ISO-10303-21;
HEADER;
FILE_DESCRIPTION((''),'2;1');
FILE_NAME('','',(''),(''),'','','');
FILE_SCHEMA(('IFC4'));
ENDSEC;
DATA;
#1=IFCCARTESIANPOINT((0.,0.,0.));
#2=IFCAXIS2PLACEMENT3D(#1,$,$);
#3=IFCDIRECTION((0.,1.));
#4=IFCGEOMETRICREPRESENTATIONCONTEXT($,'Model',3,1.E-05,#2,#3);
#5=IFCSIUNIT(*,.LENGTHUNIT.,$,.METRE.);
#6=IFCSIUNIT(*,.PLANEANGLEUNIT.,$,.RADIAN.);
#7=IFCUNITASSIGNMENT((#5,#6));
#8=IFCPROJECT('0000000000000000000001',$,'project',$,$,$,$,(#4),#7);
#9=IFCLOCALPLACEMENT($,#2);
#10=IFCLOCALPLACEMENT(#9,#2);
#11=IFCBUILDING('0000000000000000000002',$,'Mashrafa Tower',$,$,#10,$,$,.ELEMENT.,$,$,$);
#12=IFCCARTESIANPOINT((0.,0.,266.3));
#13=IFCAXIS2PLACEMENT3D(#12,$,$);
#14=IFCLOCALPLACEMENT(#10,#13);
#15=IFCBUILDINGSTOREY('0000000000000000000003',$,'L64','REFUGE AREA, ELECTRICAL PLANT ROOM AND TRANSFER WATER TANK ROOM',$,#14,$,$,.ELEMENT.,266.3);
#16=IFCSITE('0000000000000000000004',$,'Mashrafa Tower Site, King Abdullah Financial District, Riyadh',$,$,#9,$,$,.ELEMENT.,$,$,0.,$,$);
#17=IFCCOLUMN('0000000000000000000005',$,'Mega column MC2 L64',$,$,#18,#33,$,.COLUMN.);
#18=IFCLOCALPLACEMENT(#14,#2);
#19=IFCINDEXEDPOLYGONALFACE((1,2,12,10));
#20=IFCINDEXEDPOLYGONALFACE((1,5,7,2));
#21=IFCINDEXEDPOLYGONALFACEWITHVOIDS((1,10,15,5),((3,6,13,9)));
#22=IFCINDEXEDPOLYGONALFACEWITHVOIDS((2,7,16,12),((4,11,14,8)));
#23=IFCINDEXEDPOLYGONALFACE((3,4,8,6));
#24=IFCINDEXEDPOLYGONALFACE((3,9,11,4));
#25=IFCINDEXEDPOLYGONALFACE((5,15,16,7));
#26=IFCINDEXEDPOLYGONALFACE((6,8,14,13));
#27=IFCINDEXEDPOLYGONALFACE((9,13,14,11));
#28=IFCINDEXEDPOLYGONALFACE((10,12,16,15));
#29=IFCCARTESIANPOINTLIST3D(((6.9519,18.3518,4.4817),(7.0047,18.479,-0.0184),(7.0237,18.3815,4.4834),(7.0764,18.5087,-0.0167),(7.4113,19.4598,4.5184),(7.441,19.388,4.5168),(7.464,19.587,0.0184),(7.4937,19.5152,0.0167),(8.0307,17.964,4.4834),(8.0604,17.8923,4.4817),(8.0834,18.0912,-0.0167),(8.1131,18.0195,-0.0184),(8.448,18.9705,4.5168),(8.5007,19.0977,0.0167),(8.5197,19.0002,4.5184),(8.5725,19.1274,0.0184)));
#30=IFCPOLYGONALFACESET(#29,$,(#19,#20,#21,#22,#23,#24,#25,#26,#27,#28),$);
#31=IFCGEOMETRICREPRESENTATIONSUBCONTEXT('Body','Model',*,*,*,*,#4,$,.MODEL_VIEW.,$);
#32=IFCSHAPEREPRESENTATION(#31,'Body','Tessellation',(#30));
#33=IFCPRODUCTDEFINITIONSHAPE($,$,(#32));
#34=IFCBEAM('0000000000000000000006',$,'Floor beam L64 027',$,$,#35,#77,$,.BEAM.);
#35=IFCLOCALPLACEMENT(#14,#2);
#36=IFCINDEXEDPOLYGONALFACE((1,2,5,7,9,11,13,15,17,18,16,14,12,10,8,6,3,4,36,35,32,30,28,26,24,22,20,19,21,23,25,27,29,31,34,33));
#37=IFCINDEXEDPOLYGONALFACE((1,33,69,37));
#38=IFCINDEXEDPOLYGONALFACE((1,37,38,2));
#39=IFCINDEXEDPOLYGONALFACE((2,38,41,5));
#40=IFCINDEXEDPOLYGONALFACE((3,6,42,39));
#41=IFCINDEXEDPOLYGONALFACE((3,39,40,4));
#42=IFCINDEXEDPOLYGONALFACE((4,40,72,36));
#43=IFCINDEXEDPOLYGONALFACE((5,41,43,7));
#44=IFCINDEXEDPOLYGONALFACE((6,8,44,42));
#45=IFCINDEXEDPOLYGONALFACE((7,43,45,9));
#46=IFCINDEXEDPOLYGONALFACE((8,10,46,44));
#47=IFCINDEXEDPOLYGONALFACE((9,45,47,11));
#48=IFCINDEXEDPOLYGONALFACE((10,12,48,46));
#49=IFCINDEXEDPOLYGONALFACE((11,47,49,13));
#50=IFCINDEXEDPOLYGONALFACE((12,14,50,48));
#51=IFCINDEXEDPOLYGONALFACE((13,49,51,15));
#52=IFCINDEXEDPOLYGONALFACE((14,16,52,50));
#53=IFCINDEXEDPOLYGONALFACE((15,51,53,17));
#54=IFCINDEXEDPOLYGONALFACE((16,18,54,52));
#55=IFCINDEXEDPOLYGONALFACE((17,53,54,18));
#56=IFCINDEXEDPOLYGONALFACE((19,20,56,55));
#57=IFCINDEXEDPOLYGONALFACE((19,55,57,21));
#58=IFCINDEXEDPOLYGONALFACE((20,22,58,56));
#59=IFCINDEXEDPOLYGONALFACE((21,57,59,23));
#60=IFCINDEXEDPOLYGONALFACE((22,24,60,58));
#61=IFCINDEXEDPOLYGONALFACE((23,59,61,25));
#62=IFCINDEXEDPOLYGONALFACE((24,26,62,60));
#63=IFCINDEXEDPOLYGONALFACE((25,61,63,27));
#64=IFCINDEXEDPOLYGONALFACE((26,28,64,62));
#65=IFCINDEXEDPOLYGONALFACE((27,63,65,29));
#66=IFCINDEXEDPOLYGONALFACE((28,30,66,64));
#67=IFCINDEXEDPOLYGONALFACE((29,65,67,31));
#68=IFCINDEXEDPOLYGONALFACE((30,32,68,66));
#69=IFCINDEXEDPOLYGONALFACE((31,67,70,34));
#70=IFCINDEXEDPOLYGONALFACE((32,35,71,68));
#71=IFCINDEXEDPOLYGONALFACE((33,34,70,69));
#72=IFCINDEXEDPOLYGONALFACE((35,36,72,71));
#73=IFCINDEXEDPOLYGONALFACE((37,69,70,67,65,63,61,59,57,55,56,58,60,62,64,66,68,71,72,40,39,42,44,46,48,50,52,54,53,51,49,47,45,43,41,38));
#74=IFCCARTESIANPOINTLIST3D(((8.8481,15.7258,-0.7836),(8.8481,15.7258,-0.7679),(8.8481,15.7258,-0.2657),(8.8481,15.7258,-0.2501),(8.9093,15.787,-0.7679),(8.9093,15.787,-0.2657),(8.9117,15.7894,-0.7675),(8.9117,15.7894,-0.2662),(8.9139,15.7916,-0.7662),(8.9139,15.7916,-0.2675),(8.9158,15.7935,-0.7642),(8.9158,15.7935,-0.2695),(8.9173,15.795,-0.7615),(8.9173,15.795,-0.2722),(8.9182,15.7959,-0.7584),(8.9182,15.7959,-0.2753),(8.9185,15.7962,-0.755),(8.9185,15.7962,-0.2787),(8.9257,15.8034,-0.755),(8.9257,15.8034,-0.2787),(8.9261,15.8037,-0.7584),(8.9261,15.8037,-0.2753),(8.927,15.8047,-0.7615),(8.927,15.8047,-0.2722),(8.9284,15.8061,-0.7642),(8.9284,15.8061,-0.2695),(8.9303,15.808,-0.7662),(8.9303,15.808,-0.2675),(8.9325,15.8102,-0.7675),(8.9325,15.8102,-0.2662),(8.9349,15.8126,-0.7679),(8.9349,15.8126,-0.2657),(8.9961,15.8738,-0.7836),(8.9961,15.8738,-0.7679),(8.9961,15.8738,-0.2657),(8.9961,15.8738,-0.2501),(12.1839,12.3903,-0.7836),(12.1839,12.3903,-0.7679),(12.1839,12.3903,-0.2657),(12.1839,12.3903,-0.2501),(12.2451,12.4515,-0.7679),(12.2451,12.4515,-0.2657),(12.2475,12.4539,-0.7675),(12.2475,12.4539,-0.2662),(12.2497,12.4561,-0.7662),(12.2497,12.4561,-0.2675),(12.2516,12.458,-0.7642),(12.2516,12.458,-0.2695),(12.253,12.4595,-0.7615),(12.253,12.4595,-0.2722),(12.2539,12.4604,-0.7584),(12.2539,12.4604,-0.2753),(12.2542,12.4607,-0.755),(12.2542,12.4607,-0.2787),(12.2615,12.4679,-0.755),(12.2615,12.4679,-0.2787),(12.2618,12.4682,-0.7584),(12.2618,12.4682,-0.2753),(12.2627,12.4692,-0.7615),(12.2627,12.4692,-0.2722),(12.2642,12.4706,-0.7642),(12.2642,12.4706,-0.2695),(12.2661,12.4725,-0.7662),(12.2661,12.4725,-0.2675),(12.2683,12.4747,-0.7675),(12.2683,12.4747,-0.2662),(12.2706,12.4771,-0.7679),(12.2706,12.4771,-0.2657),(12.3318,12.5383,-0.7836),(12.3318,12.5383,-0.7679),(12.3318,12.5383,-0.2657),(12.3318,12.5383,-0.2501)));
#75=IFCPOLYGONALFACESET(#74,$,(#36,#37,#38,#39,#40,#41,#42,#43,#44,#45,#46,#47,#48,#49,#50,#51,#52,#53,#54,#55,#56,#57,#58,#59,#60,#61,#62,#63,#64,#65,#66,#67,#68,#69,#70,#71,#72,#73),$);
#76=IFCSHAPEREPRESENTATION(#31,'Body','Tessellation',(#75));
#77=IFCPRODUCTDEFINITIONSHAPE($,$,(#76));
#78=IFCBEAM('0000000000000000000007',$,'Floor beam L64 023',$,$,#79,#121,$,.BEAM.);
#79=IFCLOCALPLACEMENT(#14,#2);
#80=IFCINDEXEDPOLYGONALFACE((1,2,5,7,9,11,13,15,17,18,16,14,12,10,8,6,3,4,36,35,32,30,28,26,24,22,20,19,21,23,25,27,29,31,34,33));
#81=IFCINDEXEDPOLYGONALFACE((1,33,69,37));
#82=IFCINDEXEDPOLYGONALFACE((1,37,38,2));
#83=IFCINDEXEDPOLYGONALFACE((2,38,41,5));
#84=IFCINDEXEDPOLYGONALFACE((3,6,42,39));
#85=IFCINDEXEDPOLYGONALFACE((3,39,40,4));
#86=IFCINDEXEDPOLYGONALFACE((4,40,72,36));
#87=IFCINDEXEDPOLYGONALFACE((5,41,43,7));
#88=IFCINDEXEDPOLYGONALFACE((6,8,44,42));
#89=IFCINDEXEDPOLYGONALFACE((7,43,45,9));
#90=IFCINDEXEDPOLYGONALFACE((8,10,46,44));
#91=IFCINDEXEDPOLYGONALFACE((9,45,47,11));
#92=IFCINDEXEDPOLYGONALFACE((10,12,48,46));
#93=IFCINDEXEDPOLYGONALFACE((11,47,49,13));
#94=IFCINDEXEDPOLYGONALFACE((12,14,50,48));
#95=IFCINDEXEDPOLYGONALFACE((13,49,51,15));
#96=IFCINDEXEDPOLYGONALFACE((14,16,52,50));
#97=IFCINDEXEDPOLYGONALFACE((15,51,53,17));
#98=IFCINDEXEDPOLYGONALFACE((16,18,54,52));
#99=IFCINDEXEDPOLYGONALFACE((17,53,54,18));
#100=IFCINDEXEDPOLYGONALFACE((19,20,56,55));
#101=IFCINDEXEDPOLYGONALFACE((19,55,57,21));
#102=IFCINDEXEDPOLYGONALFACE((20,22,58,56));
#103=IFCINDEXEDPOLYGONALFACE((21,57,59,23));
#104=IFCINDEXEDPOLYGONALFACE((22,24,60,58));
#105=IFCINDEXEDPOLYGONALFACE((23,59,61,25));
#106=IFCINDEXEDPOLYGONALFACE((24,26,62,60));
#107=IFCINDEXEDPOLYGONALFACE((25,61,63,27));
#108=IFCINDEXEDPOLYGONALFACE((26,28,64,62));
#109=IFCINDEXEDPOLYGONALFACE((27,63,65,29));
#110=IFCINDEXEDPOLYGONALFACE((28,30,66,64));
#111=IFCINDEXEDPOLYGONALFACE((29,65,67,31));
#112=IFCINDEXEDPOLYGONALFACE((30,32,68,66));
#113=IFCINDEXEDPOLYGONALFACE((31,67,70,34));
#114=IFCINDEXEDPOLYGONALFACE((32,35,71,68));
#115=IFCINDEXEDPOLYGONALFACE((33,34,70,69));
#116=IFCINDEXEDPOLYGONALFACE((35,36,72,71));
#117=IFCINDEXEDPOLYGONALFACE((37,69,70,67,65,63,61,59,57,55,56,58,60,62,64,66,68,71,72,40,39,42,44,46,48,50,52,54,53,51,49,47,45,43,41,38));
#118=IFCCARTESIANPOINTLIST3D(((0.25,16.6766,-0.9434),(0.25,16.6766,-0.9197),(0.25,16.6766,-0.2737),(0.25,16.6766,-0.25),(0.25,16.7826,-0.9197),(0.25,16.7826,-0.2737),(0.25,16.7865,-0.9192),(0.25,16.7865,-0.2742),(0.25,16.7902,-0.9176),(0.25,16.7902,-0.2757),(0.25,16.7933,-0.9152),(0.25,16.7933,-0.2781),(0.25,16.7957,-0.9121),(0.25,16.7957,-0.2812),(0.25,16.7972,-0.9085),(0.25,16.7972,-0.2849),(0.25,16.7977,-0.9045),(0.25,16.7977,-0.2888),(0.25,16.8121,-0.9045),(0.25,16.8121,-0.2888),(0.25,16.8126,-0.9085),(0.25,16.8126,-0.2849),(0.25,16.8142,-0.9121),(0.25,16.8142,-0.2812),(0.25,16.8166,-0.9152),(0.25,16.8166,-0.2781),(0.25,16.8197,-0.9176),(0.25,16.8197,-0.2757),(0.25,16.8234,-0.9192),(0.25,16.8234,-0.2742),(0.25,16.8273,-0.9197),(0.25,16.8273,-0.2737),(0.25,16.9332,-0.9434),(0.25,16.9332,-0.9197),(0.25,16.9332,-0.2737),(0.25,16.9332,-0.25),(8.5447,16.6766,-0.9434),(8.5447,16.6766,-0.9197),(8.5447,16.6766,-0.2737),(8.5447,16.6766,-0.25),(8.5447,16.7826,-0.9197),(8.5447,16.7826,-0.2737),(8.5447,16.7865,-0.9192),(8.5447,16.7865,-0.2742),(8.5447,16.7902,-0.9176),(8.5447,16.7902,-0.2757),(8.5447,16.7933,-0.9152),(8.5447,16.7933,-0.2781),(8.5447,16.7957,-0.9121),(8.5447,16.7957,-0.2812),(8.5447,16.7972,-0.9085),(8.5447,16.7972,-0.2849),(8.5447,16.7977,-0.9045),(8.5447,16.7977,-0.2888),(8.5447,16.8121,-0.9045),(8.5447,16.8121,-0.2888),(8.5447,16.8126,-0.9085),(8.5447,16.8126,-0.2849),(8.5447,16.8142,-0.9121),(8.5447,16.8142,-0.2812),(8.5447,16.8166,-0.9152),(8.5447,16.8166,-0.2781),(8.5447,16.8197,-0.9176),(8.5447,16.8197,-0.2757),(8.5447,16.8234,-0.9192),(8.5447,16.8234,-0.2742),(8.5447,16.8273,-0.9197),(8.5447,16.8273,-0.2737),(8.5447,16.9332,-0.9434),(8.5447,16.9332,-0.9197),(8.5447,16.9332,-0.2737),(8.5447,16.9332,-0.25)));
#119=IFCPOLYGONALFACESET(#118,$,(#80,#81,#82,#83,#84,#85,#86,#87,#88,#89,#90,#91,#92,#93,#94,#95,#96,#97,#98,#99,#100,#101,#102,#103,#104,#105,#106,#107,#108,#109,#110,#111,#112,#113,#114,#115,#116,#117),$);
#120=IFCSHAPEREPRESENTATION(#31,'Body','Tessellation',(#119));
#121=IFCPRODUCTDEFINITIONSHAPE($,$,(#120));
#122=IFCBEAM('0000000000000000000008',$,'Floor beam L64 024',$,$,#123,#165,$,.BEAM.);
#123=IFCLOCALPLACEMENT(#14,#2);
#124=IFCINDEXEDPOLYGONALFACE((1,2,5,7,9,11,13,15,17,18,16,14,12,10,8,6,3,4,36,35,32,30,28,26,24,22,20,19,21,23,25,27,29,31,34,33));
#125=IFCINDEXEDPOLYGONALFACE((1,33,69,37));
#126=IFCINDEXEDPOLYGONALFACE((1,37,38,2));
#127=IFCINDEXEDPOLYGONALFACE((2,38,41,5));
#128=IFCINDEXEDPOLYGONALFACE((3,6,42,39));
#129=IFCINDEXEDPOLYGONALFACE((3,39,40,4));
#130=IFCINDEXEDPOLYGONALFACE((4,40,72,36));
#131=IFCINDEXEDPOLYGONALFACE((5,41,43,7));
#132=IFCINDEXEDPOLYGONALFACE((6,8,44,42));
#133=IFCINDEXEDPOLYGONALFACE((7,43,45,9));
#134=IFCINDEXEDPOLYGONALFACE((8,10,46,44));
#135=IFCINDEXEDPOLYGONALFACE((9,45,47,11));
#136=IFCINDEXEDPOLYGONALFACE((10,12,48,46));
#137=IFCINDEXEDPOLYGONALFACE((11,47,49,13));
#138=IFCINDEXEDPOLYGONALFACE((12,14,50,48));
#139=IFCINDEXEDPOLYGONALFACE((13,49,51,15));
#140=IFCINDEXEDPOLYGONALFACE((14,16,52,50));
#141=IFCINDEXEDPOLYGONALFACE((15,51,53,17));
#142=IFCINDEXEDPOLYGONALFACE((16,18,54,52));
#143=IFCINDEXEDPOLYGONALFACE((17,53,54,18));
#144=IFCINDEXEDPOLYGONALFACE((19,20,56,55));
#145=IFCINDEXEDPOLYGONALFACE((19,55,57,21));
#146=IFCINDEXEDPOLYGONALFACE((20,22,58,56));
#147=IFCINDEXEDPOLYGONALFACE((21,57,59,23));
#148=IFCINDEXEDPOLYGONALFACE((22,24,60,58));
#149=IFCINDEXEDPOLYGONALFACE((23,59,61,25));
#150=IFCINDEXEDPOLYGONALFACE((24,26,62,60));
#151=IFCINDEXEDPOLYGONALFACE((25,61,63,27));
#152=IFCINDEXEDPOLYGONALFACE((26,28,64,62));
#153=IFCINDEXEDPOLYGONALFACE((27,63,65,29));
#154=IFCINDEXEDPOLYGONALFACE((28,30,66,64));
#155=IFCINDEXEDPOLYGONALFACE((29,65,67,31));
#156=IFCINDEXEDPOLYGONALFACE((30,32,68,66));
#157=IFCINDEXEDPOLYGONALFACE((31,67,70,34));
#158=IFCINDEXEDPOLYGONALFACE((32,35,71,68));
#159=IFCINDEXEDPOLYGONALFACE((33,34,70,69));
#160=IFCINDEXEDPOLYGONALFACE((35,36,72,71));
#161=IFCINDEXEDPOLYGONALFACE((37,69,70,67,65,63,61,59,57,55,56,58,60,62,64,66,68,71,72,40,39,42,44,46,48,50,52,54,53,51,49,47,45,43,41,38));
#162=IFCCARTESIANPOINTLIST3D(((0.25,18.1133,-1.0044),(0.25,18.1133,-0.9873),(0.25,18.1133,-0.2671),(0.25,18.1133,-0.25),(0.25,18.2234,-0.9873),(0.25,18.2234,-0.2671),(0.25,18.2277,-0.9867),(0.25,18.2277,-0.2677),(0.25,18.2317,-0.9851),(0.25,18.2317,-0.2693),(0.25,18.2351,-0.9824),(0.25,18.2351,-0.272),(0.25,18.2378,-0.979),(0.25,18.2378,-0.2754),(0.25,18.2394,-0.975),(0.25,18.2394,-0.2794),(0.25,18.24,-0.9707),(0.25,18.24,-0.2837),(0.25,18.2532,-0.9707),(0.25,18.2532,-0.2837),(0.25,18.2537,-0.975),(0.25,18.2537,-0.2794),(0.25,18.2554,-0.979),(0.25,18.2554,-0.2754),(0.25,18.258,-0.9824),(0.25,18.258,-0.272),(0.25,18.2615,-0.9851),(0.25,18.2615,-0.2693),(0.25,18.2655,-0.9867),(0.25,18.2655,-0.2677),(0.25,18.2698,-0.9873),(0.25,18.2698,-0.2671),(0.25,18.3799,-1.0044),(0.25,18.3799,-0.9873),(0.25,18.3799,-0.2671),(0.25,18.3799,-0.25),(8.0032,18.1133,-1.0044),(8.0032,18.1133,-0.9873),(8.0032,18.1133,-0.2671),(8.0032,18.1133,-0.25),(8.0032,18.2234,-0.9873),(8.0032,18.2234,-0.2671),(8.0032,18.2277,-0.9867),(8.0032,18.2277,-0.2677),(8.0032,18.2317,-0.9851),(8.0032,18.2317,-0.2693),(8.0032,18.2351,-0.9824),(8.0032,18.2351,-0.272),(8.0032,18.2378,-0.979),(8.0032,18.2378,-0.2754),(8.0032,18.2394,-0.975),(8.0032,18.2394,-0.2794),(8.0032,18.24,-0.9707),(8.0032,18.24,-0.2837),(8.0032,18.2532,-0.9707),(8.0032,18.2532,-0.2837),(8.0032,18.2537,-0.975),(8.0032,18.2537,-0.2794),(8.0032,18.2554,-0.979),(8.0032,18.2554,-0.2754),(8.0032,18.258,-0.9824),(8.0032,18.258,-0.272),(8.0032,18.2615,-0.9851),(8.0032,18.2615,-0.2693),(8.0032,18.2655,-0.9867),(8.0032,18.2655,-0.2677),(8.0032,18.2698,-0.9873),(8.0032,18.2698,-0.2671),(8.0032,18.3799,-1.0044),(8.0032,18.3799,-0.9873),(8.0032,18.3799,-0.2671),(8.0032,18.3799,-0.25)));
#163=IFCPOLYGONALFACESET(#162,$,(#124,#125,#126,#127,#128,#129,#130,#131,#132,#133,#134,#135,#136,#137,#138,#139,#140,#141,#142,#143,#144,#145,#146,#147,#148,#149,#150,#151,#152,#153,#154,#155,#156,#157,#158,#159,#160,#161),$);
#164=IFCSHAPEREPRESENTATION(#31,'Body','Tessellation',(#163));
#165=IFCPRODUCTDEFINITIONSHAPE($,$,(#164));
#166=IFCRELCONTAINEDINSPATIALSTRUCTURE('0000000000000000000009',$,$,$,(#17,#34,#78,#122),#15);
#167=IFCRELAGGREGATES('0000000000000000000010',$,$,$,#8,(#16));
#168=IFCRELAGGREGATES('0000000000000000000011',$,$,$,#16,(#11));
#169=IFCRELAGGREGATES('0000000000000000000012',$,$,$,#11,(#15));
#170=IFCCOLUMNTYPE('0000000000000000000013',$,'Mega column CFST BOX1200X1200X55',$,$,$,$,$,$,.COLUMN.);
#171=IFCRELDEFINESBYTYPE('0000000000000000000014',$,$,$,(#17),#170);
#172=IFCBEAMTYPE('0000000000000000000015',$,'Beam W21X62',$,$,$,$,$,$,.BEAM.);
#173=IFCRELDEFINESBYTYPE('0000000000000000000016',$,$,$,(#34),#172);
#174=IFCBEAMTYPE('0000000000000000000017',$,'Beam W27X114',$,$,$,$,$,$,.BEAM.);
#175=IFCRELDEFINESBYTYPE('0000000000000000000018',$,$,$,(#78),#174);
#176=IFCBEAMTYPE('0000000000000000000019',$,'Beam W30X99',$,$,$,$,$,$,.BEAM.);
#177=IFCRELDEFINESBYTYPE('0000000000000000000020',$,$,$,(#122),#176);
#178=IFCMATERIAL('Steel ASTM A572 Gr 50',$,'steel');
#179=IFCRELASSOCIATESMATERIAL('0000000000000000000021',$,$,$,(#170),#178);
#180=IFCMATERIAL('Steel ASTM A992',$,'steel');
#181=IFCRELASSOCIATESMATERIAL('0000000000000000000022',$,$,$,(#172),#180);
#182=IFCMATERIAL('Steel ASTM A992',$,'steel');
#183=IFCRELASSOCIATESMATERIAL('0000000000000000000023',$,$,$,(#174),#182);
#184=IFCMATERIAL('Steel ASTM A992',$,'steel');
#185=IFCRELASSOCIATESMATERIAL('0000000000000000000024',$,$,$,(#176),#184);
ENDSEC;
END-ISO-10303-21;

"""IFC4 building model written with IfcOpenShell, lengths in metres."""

from ifc_helpers import new_model, si_unit, direction, frame, origin, origin_2d, place, context, subcontext, project, spatial, hollow_rectangle, i_section, extrude, material, material_profile, profile_set, type_object, element, save


model = new_model("IFC4")

# Units and contexts
model_context = context("Model", 3, precision=1e-05, world=origin(), true_north=direction((0.0, 1.0)))
body_context = subcontext(model_context, "Body", "Model", "MODEL_VIEW")
ifc_project = project(units=[si_unit("LENGTHUNIT", "METRE"), si_unit("PLANEANGLEUNIT", "RADIAN")], contexts=[model_context])

# Site, building, storey
site_placement = place(None, origin())
site = spatial("IfcSite", under=ifc_project, at=site_placement, Name="Mashrafa Tower Site, King Abdullah Financial District, Riyadh", CompositionType="ELEMENT", RefElevation=0.0)
building_placement = place(site_placement, origin())
building = spatial("IfcBuilding", under=site, at=building_placement, Name="Mashrafa Tower", CompositionType="ELEMENT")
storey_placement = place(building_placement, frame((0.0, 0.0, 266.3)))
storey = spatial("IfcBuildingStorey", under=building, at=storey_placement, Name="L64", Description="REFUGE AREA, ELECTRICAL PLANT ROOM AND TRANSFER WATER TANK ROOM", CompositionType="ELEMENT", Elevation=266.3)

# Column
ifc_material_1 = material(Name="Steel ASTM A572 Gr 50", Category="steel")
ifc_material_profile_1 = material_profile(ifc_material_1, hollow_rectangle(XDim=1.2, YDim=1.2, WallThickness=0.0549, at=origin_2d()), Name="BOX1200X1200X55")
ifc_profile_set_1 = profile_set([ifc_material_profile_1], Name="Steel ASTM A572 Gr 50")
column_type = type_object("IfcColumnType", Name="Mega column CFST BOX1200X1200X55", PredefinedType="COLUMN", material=ifc_profile_set_1)
column_placement = place(storey_placement, frame((7.7886, 18.8032, 0.0), z_axis=(-0.011713, -0.028253, 0.999532), x_axis=(0.923757, -0.382978, 0.0)))
element("IfcColumn", 1, at=column_placement, inside=storey, type_object=column_type, Name="Mega column MC2 L64", PredefinedType="COLUMN", context=body_context, shape_type="SweptSolid", body=[
    extrude(hollow_rectangle(XDim=1.2, YDim=1.2, WallThickness=0.0549, at=origin_2d()), origin(), (0.0, 0.0, 1.0), 4.5022),
])

# Beams
ifc_material_2 = material(Name="Steel ASTM A992", Category="steel")
ifc_material_profile_2 = material_profile(ifc_material_2, i_section(OverallWidth=0.2092, OverallDepth=0.5334, WebThickness=0.0103, FlangeThickness=0.0156, FilletRadius=0.0129, at=origin_2d()), Name="W21X62")
ifc_profile_set_2 = profile_set([ifc_material_profile_2], Name="Steel ASTM A992")
beam_type_1 = type_object("IfcBeamType", Name="Beam W21X62", PredefinedType="BEAM", material=ifc_profile_set_2)
beam_1_placement = place(storey_placement, frame((8.9221, 15.7998, -0.5168), z_axis=(0.707133, -0.707081, 0.0), x_axis=(0.707081, 0.707133, 0.0)))
element("IfcBeam", 2, at=beam_1_placement, inside=storey, type_object=beam_type_1, Name="Floor beam L64 027", PredefinedType="BEAM", context=body_context, shape_type="SweptSolid", body=[
    extrude(i_section(OverallWidth=0.2092, OverallDepth=0.5334, WebThickness=0.0103, FlangeThickness=0.0156, FilletRadius=0.0129, at=origin_2d()), origin(), (0.0, 0.0, 1.0), 4.7173),
])
ifc_material_3 = material(Name="Steel ASTM A992", Category="steel")
ifc_material_profile_3 = material_profile(ifc_material_3, i_section(OverallWidth=0.2566, OverallDepth=0.6934, WebThickness=0.0144, FlangeThickness=0.0237, FilletRadius=0.0151, at=origin_2d()), Name="W27X114")
ifc_profile_set_3 = profile_set([ifc_material_profile_3], Name="Steel ASTM A992")
beam_type_2 = type_object("IfcBeamType", Name="Beam W27X114", PredefinedType="BEAM", material=ifc_profile_set_3)
beam_2_placement = place(storey_placement, frame((0.25, 16.8049, -0.5967), z_axis=(1.0, 0.0, 0.0), x_axis=(0.0, 1.0, 0.0)))
element("IfcBeam", 3, at=beam_2_placement, inside=storey, type_object=beam_type_2, Name="Floor beam L64 023", PredefinedType="BEAM", context=body_context, shape_type="SweptSolid", body=[
    extrude(i_section(OverallWidth=0.2566, OverallDepth=0.6934, WebThickness=0.0144, FlangeThickness=0.0237, FilletRadius=0.0151, at=origin_2d()), origin(), (0.0, 0.0, 1.0), 8.2947),
])
ifc_material_4 = material(Name="Steel ASTM A992", Category="steel")
ifc_material_profile_4 = material_profile(ifc_material_4, i_section(OverallWidth=0.2666, OverallDepth=0.7544, WebThickness=0.0132, FlangeThickness=0.0171, FilletRadius=0.0166, at=origin_2d()), Name="W30X99")
ifc_profile_set_4 = profile_set([ifc_material_profile_4], Name="Steel ASTM A992")
beam_type_3 = type_object("IfcBeamType", Name="Beam W30X99", PredefinedType="BEAM", material=ifc_profile_set_4)
beam_3_placement = place(storey_placement, frame((0.25, 18.2466, -0.6272), z_axis=(1.0, 0.0, 0.0), x_axis=(0.0, 1.0, 0.0)))
element("IfcBeam", 4, at=beam_3_placement, inside=storey, type_object=beam_type_3, Name="Floor beam L64 024", PredefinedType="BEAM", context=body_context, shape_type="SweptSolid", body=[
    extrude(i_section(OverallWidth=0.2666, OverallDepth=0.7544, WebThickness=0.0132, FlangeThickness=0.0171, FilletRadius=0.0166, at=origin_2d()), origin(), (0.0, 0.0, 1.0), 7.7532),
])

save(model, "model.ifc")
